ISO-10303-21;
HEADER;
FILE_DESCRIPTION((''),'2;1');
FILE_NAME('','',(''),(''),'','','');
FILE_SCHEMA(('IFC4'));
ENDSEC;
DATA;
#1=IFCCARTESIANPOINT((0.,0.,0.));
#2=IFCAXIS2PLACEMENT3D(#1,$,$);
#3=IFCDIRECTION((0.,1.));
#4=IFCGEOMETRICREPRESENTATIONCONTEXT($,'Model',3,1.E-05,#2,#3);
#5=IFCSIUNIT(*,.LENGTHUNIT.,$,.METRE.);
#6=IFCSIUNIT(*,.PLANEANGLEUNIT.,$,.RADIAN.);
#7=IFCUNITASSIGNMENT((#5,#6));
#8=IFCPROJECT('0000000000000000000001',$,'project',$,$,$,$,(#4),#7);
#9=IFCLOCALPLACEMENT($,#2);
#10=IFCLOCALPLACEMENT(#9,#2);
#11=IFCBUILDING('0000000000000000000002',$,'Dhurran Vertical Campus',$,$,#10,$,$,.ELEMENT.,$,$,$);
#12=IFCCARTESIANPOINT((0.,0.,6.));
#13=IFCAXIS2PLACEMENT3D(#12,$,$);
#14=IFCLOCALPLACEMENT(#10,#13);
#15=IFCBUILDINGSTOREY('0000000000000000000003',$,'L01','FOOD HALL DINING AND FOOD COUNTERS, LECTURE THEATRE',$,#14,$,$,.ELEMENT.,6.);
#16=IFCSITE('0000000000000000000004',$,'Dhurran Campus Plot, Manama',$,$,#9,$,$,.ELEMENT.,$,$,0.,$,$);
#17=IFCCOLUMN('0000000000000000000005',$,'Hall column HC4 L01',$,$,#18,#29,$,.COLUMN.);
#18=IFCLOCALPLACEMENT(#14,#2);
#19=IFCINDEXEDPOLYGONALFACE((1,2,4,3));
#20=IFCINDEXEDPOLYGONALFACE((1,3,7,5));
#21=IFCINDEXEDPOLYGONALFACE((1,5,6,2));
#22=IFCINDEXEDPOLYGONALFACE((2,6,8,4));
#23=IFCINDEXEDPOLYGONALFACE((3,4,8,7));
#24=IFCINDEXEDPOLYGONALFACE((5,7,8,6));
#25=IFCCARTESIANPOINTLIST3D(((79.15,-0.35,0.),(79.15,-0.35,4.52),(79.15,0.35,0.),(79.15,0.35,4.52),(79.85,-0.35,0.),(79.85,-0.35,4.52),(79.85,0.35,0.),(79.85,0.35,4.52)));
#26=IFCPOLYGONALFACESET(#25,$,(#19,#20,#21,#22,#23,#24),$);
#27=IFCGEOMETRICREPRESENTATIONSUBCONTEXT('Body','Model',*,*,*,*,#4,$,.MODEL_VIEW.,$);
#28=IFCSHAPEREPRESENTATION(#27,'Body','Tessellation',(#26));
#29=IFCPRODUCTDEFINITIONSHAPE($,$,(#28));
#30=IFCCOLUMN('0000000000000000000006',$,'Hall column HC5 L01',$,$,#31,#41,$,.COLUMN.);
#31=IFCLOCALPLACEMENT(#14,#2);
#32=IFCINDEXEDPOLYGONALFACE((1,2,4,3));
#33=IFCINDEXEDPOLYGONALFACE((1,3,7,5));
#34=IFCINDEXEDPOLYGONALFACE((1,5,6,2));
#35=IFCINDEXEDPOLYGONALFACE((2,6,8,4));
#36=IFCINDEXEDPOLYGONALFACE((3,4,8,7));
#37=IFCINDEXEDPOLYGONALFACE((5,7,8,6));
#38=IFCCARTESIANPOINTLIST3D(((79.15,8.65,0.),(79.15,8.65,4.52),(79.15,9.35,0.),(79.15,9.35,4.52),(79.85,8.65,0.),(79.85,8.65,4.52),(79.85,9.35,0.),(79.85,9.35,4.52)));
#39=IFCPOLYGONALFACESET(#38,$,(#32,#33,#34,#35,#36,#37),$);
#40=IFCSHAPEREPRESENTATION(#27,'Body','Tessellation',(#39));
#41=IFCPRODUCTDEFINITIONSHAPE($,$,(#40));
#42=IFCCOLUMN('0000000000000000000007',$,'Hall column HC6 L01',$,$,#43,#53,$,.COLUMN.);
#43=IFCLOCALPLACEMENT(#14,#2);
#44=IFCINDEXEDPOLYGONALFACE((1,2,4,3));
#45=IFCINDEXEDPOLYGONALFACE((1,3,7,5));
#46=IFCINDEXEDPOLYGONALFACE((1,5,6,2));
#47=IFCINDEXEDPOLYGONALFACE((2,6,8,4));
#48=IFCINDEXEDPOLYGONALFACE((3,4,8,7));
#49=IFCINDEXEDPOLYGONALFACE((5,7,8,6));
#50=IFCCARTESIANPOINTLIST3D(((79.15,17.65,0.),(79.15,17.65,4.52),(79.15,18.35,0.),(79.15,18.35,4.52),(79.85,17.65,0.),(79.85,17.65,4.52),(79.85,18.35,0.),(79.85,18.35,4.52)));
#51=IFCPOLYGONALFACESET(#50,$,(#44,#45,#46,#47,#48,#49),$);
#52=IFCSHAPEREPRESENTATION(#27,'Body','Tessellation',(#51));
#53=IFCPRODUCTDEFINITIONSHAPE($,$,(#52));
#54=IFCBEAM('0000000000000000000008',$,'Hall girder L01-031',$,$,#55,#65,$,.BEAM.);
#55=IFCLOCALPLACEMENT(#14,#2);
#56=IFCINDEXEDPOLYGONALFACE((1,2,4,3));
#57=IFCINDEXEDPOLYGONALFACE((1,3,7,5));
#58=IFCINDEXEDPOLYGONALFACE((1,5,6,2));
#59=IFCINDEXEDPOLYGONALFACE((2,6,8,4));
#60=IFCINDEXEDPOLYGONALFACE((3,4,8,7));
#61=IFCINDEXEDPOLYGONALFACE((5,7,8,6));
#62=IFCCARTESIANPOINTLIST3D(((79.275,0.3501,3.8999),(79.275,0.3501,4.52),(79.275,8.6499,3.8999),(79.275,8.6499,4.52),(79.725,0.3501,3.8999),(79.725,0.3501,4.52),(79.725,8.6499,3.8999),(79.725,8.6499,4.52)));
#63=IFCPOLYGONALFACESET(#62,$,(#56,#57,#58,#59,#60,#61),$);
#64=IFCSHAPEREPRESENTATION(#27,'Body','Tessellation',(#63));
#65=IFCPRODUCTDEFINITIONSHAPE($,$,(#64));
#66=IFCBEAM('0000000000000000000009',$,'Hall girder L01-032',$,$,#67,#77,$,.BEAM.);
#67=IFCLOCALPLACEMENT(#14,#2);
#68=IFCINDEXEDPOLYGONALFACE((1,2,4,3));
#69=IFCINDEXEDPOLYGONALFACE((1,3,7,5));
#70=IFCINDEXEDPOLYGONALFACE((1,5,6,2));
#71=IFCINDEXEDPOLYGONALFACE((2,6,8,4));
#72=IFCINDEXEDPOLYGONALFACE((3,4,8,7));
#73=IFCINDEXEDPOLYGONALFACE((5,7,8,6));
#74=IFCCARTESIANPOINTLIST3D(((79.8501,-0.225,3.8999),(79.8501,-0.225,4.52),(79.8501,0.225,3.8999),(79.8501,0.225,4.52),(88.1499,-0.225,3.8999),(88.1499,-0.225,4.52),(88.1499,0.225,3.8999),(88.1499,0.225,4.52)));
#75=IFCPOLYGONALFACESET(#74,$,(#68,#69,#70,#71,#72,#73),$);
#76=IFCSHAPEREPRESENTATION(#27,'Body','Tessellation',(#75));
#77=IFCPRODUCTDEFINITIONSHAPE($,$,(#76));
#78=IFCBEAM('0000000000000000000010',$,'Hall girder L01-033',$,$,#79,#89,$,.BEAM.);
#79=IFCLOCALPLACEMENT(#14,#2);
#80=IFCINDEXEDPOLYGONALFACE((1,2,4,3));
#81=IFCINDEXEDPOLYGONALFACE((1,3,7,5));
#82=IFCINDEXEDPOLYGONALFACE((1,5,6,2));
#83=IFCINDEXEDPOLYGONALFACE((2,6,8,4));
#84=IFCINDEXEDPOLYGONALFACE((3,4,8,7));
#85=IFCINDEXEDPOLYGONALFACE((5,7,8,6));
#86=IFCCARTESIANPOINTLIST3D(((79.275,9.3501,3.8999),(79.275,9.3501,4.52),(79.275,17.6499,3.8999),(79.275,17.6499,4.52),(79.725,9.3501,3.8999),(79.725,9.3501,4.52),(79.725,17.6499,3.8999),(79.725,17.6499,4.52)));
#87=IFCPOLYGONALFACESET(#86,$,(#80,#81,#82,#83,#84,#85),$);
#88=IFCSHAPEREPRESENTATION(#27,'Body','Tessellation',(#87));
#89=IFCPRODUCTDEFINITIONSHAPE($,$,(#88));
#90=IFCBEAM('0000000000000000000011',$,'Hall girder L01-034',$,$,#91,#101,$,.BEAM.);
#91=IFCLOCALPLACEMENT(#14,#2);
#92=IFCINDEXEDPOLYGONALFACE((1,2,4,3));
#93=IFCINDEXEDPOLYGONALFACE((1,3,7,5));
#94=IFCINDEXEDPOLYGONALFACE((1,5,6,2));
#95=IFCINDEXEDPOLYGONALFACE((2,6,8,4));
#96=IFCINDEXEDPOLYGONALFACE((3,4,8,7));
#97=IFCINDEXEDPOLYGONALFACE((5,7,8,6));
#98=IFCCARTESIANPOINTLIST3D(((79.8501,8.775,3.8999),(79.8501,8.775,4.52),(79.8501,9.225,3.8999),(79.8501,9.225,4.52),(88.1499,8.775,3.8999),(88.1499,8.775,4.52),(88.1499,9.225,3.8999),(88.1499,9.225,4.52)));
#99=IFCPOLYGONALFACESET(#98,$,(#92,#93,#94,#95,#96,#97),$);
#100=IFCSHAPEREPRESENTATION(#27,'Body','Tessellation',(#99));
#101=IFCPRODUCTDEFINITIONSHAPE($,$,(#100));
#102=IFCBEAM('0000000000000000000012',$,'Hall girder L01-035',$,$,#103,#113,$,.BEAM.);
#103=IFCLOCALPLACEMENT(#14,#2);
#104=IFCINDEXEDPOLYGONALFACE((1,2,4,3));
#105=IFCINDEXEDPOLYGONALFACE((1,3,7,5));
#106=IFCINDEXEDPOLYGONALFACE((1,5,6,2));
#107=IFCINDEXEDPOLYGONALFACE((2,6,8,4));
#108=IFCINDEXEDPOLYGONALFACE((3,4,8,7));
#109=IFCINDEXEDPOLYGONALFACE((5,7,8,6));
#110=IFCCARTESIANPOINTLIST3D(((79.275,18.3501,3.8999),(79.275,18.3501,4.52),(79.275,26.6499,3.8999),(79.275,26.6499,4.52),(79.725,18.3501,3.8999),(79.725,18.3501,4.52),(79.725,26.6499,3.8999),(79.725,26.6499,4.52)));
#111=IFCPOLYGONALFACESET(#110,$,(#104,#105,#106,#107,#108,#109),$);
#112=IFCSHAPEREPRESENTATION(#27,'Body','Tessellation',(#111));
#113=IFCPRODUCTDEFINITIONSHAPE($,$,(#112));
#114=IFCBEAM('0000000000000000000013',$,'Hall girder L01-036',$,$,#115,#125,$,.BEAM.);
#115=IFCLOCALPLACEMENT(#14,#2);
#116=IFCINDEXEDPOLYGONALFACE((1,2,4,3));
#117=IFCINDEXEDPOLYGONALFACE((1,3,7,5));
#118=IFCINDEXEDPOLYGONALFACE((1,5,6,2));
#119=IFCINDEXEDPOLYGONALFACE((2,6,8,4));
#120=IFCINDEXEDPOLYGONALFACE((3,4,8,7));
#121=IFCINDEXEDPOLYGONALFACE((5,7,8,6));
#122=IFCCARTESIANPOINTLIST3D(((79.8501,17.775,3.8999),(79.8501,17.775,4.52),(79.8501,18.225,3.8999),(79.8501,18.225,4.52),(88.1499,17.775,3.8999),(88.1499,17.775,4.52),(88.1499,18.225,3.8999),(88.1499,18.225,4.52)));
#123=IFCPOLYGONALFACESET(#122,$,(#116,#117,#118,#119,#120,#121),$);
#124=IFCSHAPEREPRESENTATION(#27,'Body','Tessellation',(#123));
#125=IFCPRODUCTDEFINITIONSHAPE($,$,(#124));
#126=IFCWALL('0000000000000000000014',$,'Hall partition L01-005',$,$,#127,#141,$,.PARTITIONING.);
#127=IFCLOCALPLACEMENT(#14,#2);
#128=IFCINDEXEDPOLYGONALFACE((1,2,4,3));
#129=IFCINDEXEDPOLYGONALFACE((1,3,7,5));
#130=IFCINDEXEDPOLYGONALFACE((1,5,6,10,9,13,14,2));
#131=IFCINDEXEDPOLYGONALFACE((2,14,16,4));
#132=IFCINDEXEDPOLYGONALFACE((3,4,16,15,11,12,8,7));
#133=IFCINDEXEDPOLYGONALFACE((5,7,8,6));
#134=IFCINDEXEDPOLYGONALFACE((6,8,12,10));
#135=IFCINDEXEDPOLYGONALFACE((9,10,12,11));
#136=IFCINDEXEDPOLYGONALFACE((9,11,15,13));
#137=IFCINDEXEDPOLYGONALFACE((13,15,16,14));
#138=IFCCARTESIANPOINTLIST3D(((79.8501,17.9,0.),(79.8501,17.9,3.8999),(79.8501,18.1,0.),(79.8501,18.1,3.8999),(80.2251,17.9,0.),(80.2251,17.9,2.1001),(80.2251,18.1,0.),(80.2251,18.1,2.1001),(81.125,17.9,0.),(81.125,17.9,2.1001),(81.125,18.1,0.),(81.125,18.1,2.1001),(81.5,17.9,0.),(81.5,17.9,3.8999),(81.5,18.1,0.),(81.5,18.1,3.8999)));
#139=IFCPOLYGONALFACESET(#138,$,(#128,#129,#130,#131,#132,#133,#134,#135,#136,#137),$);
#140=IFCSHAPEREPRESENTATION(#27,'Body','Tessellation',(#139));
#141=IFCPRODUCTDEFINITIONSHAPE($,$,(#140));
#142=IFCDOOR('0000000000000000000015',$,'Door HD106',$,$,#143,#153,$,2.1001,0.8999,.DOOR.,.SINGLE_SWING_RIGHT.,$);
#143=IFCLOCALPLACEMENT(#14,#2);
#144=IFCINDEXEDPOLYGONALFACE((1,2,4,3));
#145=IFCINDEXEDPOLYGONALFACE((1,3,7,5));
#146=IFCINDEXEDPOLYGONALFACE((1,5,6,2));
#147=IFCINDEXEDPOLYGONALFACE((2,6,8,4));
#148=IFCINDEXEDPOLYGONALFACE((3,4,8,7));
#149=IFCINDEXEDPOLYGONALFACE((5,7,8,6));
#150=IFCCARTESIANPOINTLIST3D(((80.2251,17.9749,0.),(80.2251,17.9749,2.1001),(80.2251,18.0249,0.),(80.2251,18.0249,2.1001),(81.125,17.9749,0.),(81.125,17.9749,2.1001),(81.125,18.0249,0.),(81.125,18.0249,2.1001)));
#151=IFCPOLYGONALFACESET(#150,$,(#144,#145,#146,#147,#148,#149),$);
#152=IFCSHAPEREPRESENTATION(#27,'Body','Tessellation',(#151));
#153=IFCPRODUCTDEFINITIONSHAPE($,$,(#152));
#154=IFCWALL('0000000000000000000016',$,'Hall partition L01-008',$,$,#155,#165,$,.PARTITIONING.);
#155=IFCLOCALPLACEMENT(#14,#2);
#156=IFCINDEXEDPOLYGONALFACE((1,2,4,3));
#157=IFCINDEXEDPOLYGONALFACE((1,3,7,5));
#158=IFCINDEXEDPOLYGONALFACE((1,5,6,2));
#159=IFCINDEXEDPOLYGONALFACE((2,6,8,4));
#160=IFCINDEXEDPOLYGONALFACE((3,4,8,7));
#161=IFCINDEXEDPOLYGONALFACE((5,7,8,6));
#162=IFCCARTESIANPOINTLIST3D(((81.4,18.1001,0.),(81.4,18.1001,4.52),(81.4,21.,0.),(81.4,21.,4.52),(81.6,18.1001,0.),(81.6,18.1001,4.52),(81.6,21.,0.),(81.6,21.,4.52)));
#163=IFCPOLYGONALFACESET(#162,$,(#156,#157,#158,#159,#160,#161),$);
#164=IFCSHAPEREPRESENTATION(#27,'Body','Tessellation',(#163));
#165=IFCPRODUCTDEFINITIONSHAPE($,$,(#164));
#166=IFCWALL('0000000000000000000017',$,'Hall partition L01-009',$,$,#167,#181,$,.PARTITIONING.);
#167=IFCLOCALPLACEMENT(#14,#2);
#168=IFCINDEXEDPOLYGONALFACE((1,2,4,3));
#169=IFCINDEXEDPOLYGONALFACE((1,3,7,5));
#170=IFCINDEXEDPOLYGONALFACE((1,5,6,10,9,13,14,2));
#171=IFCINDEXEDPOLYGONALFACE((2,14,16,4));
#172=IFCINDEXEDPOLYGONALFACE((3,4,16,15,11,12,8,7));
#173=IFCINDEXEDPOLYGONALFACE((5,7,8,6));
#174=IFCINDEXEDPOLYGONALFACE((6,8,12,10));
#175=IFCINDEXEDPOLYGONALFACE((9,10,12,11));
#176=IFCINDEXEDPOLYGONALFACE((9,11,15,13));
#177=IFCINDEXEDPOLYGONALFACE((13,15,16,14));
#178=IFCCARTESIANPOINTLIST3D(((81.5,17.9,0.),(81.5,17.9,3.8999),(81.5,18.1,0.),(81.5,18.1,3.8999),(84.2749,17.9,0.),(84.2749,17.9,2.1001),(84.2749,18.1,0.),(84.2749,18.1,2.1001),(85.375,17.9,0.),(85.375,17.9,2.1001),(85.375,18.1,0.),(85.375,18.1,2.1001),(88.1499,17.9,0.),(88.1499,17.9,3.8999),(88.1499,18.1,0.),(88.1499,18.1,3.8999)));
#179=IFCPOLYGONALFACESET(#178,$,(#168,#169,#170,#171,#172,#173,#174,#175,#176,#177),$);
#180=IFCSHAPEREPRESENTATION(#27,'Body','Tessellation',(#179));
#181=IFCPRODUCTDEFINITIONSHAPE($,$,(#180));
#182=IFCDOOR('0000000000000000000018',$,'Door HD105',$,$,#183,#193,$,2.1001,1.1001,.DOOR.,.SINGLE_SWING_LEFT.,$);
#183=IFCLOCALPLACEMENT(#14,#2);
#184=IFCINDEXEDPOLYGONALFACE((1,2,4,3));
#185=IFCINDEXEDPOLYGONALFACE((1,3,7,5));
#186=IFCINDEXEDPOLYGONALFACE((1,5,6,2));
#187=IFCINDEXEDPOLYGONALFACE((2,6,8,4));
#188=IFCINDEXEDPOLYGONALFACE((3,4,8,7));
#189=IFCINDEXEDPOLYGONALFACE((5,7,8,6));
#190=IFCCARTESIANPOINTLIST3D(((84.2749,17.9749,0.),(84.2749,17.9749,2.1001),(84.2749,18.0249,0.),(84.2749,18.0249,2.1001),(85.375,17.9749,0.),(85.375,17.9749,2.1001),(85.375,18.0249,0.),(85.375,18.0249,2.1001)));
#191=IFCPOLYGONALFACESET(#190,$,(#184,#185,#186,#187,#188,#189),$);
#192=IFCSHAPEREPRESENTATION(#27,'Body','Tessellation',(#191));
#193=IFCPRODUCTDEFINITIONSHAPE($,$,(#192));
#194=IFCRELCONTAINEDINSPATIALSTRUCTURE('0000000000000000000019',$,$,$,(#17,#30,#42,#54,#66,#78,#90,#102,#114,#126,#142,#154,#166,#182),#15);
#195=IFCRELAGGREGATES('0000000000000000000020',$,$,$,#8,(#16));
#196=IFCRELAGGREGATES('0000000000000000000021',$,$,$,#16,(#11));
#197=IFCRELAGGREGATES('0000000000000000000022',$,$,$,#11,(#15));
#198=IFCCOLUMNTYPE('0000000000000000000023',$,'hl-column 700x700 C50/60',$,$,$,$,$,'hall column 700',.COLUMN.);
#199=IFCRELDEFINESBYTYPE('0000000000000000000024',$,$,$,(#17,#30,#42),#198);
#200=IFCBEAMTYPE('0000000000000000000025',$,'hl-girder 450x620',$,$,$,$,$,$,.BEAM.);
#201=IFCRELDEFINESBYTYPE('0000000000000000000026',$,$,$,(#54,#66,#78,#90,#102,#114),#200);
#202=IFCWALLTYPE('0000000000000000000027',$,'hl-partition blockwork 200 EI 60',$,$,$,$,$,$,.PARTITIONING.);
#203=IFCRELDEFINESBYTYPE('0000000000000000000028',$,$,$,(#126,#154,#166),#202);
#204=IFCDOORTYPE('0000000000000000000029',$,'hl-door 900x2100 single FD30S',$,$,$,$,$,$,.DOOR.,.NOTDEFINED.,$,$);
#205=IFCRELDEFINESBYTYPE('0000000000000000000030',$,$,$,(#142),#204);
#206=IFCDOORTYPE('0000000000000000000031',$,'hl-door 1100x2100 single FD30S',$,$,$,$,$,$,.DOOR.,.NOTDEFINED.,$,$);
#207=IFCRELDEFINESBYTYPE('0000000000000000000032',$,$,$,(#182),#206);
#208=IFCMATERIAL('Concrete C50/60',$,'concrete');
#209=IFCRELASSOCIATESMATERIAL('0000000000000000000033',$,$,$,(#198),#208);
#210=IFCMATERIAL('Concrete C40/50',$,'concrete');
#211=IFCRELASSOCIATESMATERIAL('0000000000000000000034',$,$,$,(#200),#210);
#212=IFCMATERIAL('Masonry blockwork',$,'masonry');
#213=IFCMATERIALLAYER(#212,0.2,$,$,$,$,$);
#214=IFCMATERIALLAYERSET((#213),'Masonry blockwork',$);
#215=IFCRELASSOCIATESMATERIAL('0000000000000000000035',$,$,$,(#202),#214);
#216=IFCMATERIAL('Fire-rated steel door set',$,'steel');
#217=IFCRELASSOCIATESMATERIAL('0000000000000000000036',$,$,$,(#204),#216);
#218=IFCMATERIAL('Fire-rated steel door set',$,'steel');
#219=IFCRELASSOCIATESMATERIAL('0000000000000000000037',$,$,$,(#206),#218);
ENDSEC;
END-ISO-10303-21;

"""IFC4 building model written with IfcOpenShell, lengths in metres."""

from ifc_helpers import new_model, si_unit, direction, frame, frame_2d, origin, origin_2d, place, context, subcontext, project, spatial, rectangle, extrude, material, layer, layer_set, material_profile, profile_set, type_object, element, fill, save


model = new_model("IFC4")

# Units and contexts
model_context = context("Model", 3, precision=1e-05, world=origin(), true_north=direction((0.0, 1.0)))
body_context = subcontext(model_context, "Body", "Model", "MODEL_VIEW")
ifc_project = project(units=[si_unit("LENGTHUNIT", "METRE"), si_unit("PLANEANGLEUNIT", "RADIAN")], contexts=[model_context])

# Site, building, storey
site_placement = place(None, origin())
site = spatial("IfcSite", under=ifc_project, at=site_placement, Name="Dhurran Campus Plot, Manama", CompositionType="ELEMENT", RefElevation=0.0)
building_placement = place(site_placement, origin())
building = spatial("IfcBuilding", under=site, at=building_placement, Name="Dhurran Vertical Campus", CompositionType="ELEMENT")
storey_placement = place(building_placement, frame((0.0, 0.0, 6.0)))
storey = spatial("IfcBuildingStorey", under=building, at=storey_placement, Name="L01", Description="FOOD HALL DINING AND FOOD COUNTERS, LECTURE THEATRE", CompositionType="ELEMENT", Elevation=6.0)

# Columns
ifc_material_1 = material(Name="Concrete C50/60", Category="concrete")
ifc_material_profile_1 = material_profile(ifc_material_1, rectangle(XDim=0.7, YDim=0.7, at=origin_2d()), Name="hl-column 700x700 C50/60")
ifc_profile_set_1 = profile_set([ifc_material_profile_1], Name="Concrete C50/60")
column_type = type_object("IfcColumnType", Name="hl-column 700x700 C50/60", ElementType="hall column 700", PredefinedType="COLUMN", material=ifc_profile_set_1)
for number, where, z_axis, x_axis, name in (
    (1, (79.5, 0.0, 0.0), (0.0, 0.0, 1.0), (1.0, 0.0, 0.0), "Hall column HC4 L01"),
    (2, (79.5, 9.0, 0.0), (0.0, 0.0, 1.0), (1.0, 0.0, 0.0), "Hall column HC5 L01"),
    (3, (79.5, 18.0, 0.0), (0.0, 0.0, 1.0), (1.0, 0.0, 0.0), "Hall column HC6 L01"),
):
    element("IfcColumn", number, at=place(storey_placement, frame(where, z_axis=z_axis, x_axis=x_axis)), inside=storey, type_object=column_type, Name=name, PredefinedType="COLUMN", context=body_context, shape_type="SweptSolid", body=[
        extrude(rectangle(XDim=0.7, YDim=0.7, at=origin_2d()), origin(), (0.0, 0.0, 1.0), 4.52),
    ])

# Beams
ifc_material_2 = material(Name="Concrete C40/50", Category="concrete")
ifc_material_profile_2 = material_profile(ifc_material_2, rectangle(XDim=0.45, YDim=0.6201, at=origin_2d()), Name="hl-girder 450x620")
ifc_profile_set_2 = profile_set([ifc_material_profile_2], Name="Concrete C40/50")
beam_type = type_object("IfcBeamType", Name="hl-girder 450x620", PredefinedType="BEAM", material=ifc_profile_set_2)
for number, where, z_axis, x_axis, name in (
    (4, (79.5, 0.3501, 4.21), (0.0, 1.0, 0.0), (-1.0, 0.0, 0.0), "Hall girder L01-031"),
    (5, (79.8501, 0.0, 4.21), (1.0, 0.0, 0.0), (0.0, 1.0, 0.0), "Hall girder L01-032"),
    (6, (79.5, 9.3501, 4.21), (0.0, 1.0, 0.0), (-1.0, 0.0, 0.0), "Hall girder L01-033"),
    (7, (79.8501, 9.0, 4.21), (1.0, 0.0, 0.0), (0.0, 1.0, 0.0), "Hall girder L01-034"),
    (8, (79.5, 18.3501, 4.21), (0.0, 1.0, 0.0), (-1.0, 0.0, 0.0), "Hall girder L01-035"),
    (9, (79.8501, 18.0, 4.21), (1.0, 0.0, 0.0), (0.0, 1.0, 0.0), "Hall girder L01-036"),
):
    element("IfcBeam", number, at=place(storey_placement, frame(where, z_axis=z_axis, x_axis=x_axis)), inside=storey, type_object=beam_type, Name=name, PredefinedType="BEAM", context=body_context, shape_type="SweptSolid", body=[
        extrude(rectangle(XDim=0.45, YDim=0.6201, at=origin_2d()), origin(), (0.0, 0.0, 1.0), 8.2998),
    ])

# Wall, opening, door
ifc_material_3 = material(Name="Masonry blockwork", Category="masonry")
ifc_layer_1 = layer(ifc_material_3, 0.2)
ifc_layer_set_1 = layer_set([ifc_layer_1], Name="Masonry blockwork")
wall_type_1 = type_object("IfcWallType", Name="hl-partition blockwork 200 EI 60", PredefinedType="PARTITIONING", material=ifc_layer_set_1)
wall_1_placement = place(storey_placement, frame((79.8501, 18.0, 0.0), z_axis=(0.0, 0.0, 1.0), x_axis=(1.0, 0.0, 0.0)))
wall_1 = element("IfcWall", 10, at=wall_1_placement, inside=storey, type_object=wall_type_1, Name="Hall partition L01-005", PredefinedType="PARTITIONING", context=body_context, shape_type="SweptSolid", body=[
    extrude(rectangle(XDim=1.6499, YDim=0.2, at=frame_2d((0.825, 0.0))), origin(), (0.0, 0.0, 1.0), 3.8999),
])
opening_1_placement = place(wall_1_placement, frame((0.375, 0.0, 0.0)))
opening_1 = element("IfcOpeningElement", 11, at=opening_1_placement, cuts=wall_1, PredefinedType="OPENING", context=body_context, shape_type="SweptSolid", body=[
    extrude(rectangle(XDim=0.8999, YDim=2.1001, at=frame_2d((0.45, 1.05))), frame((0.0, 0.1099, 0.0), z_axis=(0.0, -1.0, 0.0), x_axis=(1.0, 0.0, 0.0)), (0.0, 0.0, 1.0), 0.22),
])
ifc_material_4 = material(Name="Fire-rated steel door set", Category="steel")
door_type_1 = type_object("IfcDoorType", Name="hl-door 900x2100 single FD30S", OperationType="NOTDEFINED", PredefinedType="DOOR", material=ifc_material_4)
door_1_placement = place(opening_1_placement, origin())
door_1 = element("IfcDoor", 12, at=door_1_placement, inside=storey, type_object=door_type_1, Name="Door HD106", OperationType="SINGLE_SWING_RIGHT", OverallHeight=2.1001, OverallWidth=0.8999, PredefinedType="DOOR", context=body_context, shape_type="SweptSolid", body=[
    extrude(rectangle(XDim=0.8999, YDim=2.1001, at=frame_2d((0.45, 1.05))), frame((0.0, 0.0249, 0.0), z_axis=(0.0, -1.0, 0.0), x_axis=(1.0, 0.0, 0.0)), (0.0, 0.0, 1.0), 0.05),
])
fill(opening_1, door_1)

# Wall
wall_2_placement = place(storey_placement, frame((81.5, 18.1001, 0.0), z_axis=(0.0, 0.0, 1.0), x_axis=(0.0, 1.0, 0.0)))
element("IfcWall", 13, at=wall_2_placement, inside=storey, type_object=wall_type_1, Name="Hall partition L01-008", PredefinedType="PARTITIONING", context=body_context, shape_type="SweptSolid", body=[
    extrude(rectangle(XDim=2.8999, YDim=0.2, at=frame_2d((1.45, 0.0))), origin(), (0.0, 0.0, 1.0), 4.52),
])

# Wall, opening, door
wall_3_placement = place(storey_placement, frame((81.5, 18.0, 0.0), z_axis=(0.0, 0.0, 1.0), x_axis=(1.0, 0.0, 0.0)))
wall_3 = element("IfcWall", 14, at=wall_3_placement, inside=storey, type_object=wall_type_1, Name="Hall partition L01-009", PredefinedType="PARTITIONING", context=body_context, shape_type="SweptSolid", body=[
    extrude(rectangle(XDim=6.6499, YDim=0.2, at=frame_2d((3.325, 0.0))), origin(), (0.0, 0.0, 1.0), 3.8999),
])
opening_2_placement = place(wall_3_placement, frame((2.7749, 0.0, 0.0)))
opening_2 = element("IfcOpeningElement", 15, at=opening_2_placement, cuts=wall_3, PredefinedType="OPENING", context=body_context, shape_type="SweptSolid", body=[
    extrude(rectangle(XDim=1.1001, YDim=2.1001, at=frame_2d((0.55, 1.05))), frame((0.0, 0.1099, 0.0), z_axis=(0.0, -1.0, 0.0), x_axis=(1.0, 0.0, 0.0)), (0.0, 0.0, 1.0), 0.22),
])
ifc_material_5 = material(Name="Fire-rated steel door set", Category="steel")
door_type_2 = type_object("IfcDoorType", Name="hl-door 1100x2100 single FD30S", OperationType="NOTDEFINED", PredefinedType="DOOR", material=ifc_material_5)
door_2_placement = place(opening_2_placement, origin())
door_2 = element("IfcDoor", 16, at=door_2_placement, inside=storey, type_object=door_type_2, Name="Door HD105", OperationType="SINGLE_SWING_LEFT", OverallHeight=2.1001, OverallWidth=1.1001, PredefinedType="DOOR", context=body_context, shape_type="SweptSolid", body=[
    extrude(rectangle(XDim=1.1001, YDim=2.1001, at=frame_2d((0.55, 1.05))), frame((0.0, 0.0249, 0.0), z_axis=(0.0, -1.0, 0.0), x_axis=(1.0, 0.0, 0.0)), (0.0, 0.0, 1.0), 0.05),
])
fill(opening_2, door_2)

save(model, "model.ifc")
